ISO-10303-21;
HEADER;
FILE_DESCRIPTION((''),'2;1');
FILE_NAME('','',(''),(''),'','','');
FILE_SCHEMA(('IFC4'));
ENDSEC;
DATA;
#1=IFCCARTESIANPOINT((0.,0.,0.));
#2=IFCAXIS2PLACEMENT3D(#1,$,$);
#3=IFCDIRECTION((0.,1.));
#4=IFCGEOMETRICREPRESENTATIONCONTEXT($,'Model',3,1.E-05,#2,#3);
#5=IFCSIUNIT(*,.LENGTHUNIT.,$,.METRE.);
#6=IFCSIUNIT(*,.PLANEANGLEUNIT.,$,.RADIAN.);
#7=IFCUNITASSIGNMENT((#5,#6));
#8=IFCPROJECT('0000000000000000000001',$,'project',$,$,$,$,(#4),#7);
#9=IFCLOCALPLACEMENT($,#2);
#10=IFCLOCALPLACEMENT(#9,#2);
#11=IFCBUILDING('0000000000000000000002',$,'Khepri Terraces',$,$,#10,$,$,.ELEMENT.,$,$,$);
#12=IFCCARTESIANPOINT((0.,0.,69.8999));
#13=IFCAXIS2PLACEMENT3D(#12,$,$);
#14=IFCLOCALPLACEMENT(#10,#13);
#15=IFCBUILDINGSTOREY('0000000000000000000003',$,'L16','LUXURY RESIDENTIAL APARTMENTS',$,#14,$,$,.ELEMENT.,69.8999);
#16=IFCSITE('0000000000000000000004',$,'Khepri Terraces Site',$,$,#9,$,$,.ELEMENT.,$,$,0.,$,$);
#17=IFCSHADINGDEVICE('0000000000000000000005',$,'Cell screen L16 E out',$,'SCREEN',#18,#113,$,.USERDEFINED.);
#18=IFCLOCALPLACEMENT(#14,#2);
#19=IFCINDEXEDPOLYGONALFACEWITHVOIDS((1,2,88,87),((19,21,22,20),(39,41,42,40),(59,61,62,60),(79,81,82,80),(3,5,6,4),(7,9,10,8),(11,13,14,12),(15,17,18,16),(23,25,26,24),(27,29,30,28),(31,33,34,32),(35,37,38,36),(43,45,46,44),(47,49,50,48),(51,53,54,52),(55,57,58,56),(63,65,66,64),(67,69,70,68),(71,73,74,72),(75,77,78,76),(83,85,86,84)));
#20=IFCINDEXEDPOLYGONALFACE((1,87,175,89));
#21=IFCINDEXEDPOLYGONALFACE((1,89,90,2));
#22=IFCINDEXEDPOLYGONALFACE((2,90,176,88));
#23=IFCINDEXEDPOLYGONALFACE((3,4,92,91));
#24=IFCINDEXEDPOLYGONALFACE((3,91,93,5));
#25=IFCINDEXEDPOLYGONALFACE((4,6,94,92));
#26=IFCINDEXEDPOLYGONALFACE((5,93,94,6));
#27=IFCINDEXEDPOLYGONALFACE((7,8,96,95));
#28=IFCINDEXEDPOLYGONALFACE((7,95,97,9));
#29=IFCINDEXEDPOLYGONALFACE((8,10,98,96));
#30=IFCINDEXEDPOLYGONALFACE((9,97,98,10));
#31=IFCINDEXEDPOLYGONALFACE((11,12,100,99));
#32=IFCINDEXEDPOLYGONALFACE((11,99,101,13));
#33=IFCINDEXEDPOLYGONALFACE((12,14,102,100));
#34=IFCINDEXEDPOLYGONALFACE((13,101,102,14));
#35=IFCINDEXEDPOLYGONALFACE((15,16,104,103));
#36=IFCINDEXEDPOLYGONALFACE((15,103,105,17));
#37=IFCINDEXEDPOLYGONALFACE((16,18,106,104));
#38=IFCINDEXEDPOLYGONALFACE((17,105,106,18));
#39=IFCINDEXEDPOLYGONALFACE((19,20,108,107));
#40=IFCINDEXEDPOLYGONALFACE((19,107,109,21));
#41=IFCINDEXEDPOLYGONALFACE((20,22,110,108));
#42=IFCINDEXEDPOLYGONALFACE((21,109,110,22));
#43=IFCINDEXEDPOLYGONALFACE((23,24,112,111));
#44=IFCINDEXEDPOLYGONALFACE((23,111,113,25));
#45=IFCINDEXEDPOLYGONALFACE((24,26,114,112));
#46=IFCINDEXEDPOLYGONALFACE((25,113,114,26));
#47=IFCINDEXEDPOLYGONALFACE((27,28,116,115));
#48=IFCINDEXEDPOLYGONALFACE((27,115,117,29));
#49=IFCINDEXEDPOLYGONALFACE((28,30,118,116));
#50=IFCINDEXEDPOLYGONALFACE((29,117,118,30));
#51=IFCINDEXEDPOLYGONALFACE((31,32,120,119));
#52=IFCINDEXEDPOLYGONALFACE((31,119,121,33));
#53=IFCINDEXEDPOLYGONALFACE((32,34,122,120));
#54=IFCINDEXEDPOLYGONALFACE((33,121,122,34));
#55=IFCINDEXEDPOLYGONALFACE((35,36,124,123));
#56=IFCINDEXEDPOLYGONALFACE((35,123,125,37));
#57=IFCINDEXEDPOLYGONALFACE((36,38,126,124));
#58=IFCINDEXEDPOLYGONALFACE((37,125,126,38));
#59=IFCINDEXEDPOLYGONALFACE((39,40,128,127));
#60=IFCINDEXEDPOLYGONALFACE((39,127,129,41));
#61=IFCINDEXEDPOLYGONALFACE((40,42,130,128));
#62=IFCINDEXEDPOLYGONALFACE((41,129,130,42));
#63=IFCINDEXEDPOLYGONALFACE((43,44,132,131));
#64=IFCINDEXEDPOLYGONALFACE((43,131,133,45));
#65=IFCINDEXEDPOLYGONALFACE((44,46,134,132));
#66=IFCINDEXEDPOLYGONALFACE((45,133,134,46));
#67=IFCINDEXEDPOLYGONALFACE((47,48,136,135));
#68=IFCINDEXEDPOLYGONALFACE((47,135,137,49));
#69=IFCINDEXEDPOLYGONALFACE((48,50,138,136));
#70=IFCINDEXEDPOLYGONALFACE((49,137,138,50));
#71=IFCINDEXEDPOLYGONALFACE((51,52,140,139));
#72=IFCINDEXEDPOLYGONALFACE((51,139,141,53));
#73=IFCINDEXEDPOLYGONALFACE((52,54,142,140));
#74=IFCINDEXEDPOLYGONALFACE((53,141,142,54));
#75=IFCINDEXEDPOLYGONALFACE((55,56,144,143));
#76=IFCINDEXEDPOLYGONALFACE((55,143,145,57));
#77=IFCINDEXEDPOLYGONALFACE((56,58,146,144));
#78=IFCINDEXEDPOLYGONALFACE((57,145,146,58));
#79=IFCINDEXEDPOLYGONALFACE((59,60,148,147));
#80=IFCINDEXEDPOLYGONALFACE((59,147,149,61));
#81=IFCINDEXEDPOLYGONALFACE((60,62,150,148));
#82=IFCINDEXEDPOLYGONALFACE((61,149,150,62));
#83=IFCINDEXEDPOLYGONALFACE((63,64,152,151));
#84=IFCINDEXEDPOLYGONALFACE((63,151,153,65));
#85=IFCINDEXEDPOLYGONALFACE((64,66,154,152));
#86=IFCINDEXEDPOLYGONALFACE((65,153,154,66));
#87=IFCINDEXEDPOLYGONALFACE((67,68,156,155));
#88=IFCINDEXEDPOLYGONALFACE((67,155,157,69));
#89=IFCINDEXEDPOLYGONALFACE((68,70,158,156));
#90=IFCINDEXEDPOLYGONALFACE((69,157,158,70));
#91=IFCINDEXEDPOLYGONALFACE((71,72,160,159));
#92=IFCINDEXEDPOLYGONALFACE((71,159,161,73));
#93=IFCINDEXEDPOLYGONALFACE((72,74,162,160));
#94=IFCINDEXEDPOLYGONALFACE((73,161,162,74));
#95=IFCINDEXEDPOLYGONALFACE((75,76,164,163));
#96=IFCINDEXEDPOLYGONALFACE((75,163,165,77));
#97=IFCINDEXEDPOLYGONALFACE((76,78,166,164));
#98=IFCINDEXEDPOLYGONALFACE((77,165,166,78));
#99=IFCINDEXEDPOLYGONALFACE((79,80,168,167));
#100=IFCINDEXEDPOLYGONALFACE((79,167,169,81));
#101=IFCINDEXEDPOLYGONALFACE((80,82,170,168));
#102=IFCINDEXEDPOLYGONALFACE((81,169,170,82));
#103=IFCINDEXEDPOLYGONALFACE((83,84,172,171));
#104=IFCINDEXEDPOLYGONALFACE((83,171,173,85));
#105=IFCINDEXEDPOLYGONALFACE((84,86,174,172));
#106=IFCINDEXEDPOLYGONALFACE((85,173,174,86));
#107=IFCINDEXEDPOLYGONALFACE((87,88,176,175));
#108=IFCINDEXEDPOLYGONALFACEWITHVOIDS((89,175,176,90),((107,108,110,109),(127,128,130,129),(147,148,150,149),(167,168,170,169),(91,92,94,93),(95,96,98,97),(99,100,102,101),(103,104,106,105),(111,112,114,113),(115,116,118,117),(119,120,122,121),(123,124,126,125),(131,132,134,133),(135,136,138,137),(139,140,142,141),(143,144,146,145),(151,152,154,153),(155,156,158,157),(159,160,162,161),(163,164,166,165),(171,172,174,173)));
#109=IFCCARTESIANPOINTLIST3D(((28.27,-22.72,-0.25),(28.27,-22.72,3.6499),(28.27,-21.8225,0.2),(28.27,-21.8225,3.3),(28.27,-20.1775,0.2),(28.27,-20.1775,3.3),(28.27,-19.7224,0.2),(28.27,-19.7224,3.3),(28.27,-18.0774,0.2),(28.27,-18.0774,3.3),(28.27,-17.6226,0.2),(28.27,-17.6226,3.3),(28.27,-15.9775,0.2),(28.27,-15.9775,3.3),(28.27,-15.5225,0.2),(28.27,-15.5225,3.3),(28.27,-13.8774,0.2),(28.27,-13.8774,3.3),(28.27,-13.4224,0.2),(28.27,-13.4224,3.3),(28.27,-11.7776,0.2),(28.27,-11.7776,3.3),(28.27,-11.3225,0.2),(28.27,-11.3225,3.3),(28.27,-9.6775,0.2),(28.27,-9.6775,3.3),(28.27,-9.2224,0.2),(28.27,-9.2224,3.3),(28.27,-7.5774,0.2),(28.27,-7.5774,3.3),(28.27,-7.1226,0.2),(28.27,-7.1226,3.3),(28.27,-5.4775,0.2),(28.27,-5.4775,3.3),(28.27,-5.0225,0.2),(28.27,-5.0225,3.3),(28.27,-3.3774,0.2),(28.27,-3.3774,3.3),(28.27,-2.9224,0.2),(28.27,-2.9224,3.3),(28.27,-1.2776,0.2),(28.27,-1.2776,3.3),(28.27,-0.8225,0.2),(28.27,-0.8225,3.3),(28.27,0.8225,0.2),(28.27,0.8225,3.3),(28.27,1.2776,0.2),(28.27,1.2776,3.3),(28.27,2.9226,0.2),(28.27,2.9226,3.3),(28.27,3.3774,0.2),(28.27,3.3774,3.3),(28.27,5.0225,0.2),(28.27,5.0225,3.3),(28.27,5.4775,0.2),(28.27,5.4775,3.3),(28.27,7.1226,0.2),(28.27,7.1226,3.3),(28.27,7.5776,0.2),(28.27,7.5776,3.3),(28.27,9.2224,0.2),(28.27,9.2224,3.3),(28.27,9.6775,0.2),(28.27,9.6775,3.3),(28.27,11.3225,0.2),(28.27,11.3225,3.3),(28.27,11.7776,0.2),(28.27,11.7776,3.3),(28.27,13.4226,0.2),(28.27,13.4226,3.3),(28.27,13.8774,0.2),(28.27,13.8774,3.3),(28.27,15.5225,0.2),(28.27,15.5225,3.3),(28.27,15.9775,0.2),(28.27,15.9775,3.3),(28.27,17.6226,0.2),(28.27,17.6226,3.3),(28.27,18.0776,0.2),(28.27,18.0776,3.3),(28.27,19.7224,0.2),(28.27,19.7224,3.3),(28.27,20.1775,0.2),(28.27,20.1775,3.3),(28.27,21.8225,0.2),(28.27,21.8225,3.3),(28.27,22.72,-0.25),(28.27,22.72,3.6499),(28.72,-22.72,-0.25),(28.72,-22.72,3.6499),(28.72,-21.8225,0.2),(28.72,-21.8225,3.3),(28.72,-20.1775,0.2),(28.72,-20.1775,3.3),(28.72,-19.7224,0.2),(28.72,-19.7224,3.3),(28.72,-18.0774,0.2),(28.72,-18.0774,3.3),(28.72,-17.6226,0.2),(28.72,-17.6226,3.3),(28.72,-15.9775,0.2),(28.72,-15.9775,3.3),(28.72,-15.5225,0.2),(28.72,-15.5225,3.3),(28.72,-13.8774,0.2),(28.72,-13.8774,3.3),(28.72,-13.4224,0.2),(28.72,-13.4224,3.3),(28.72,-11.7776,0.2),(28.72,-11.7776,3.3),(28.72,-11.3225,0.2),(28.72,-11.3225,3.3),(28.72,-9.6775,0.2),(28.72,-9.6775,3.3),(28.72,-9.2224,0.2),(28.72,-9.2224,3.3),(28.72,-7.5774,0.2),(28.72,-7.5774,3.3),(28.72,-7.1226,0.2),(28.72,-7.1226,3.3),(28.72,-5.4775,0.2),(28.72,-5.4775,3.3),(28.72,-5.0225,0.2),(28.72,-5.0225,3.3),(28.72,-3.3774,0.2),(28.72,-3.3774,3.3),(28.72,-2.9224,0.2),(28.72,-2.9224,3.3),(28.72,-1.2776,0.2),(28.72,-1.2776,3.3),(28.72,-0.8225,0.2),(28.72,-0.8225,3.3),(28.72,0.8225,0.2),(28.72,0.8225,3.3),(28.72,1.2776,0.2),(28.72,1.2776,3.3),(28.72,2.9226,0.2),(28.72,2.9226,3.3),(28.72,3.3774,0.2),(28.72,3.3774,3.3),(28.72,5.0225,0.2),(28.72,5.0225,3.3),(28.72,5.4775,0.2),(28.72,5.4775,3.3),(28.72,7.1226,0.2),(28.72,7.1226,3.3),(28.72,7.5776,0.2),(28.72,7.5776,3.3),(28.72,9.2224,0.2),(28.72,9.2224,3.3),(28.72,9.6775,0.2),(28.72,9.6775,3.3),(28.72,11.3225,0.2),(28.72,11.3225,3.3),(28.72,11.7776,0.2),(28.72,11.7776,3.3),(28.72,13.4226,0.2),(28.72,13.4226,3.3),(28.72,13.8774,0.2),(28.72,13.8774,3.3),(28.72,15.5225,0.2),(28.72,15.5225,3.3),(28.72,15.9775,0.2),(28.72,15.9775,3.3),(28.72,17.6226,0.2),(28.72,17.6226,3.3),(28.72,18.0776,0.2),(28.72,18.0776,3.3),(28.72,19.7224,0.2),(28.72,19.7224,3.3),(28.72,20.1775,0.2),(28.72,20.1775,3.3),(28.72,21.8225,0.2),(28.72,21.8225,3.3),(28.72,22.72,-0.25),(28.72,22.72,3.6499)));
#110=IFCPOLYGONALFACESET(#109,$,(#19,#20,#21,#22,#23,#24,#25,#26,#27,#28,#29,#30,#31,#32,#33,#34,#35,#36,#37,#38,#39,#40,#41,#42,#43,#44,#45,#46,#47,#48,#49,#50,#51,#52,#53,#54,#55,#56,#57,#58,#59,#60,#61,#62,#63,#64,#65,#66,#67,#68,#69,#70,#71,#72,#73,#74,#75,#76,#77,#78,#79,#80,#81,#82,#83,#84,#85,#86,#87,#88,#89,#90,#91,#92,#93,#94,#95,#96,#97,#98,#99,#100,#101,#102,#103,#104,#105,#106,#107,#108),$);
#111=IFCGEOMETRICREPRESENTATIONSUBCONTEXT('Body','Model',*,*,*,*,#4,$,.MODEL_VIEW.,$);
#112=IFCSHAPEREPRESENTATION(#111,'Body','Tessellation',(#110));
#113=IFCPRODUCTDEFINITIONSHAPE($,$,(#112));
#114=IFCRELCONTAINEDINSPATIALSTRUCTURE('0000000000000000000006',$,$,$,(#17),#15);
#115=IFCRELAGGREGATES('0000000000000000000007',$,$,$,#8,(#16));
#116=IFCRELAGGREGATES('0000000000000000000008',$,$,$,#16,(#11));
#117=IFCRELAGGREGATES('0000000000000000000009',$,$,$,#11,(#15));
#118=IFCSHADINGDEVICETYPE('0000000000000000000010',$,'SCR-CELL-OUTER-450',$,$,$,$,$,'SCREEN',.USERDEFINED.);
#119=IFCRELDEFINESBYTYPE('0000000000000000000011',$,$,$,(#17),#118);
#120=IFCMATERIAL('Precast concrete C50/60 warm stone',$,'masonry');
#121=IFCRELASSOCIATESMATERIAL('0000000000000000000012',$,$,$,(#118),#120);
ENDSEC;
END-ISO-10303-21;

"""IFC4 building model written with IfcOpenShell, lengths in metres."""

from ifc_helpers import new_model, si_unit, direction, frame, origin, place, context, subcontext, project, spatial, polyline, outline, extrude, material, type_object, element, save


model = new_model("IFC4")

# Units and contexts
model_context = context("Model", 3, precision=1e-05, world=origin(), true_north=direction((0.0, 1.0)))
body_context = subcontext(model_context, "Body", "Model", "MODEL_VIEW")
ifc_project = project(units=[si_unit("LENGTHUNIT", "METRE"), si_unit("PLANEANGLEUNIT", "RADIAN")], contexts=[model_context])

# Site, building, storey
site_placement = place(None, origin())
site = spatial("IfcSite", under=ifc_project, at=site_placement, Name="Khepri Terraces Site", CompositionType="ELEMENT", RefElevation=0.0)
building_placement = place(site_placement, origin())
building = spatial("IfcBuilding", under=site, at=building_placement, Name="Khepri Terraces", CompositionType="ELEMENT")
storey_placement = place(building_placement, frame((0.0, 0.0, 69.8999)))
storey = spatial("IfcBuildingStorey", under=building, at=storey_placement, Name="L16", Description="LUXURY RESIDENTIAL APARTMENTS", CompositionType="ELEMENT", Elevation=69.8999)

# Shared definitions
ifc_material_1 = material(Name="Precast concrete C50/60 warm stone", Category="masonry")

# Shading device
shading_device_type_1 = type_object("IfcShadingDeviceType", Name="SCR-CELL-OUTER-450", ElementType="SCREEN", PredefinedType="USERDEFINED", material=ifc_material_1)
shading_device_1_placement = place(storey_placement, frame((28.27, -22.72, -0.25), z_axis=(1.0, 0.0, 0.0), x_axis=(0.0, 1.0, 0.0)))
element("IfcShadingDevice", 1, at=shading_device_1_placement, inside=storey, type_object=shading_device_type_1, Name="Cell screen L16 E out", ObjectType="SCREEN", PredefinedType="USERDEFINED", context=body_context, shape_type="SweptSolid", body=[
    extrude(outline(polyline([(0.0, 0.0), (45.4399, 0.0), (45.4399, 3.8999), (0.0, 3.8999), (0.0, 0.0)]), holes=[polyline([(0.8975, 0.45), (2.5425, 0.45), (2.5425, 3.55), (0.8975, 3.55), (0.8975, 0.45)]), polyline([(2.9976, 0.45), (4.6426, 0.45), (4.6426, 3.55), (2.9976, 3.55), (2.9976, 0.45)]), polyline([(5.0974, 0.45), (6.7424, 0.45), (6.7424, 3.55), (5.0974, 3.55), (5.0974, 0.45)]), polyline([(7.1975, 0.45), (8.8425, 0.45), (8.8425, 3.55), (7.1975, 3.55), (7.1975, 0.45)]), polyline([(9.2976, 0.45), (10.9424, 0.45), (10.9424, 3.55), (9.2976, 3.55), (9.2976, 0.45)]), polyline([(11.3975, 0.45), (13.0425, 0.45), (13.0425, 3.55), (11.3975, 3.55), (11.3975, 0.45)]), polyline([(13.4976, 0.45), (15.1426, 0.45), (15.1426, 3.55), (13.4976, 3.55), (13.4976, 0.45)]), polyline([(15.5974, 0.45), (17.2424, 0.45), (17.2424, 3.55), (15.5974, 3.55), (15.5974, 0.45)]), polyline([(17.6975, 0.45), (19.3425, 0.45), (19.3425, 3.55), (17.6975, 3.55), (17.6975, 0.45)]), polyline([(19.7976, 0.45), (21.4424, 0.45), (21.4424, 3.55), (19.7976, 3.55), (19.7976, 0.45)]), polyline([(21.8975, 0.45), (23.5425, 0.45), (23.5425, 3.55), (21.8975, 3.55), (21.8975, 0.45)]), polyline([(23.9976, 0.45), (25.6426, 0.45), (25.6426, 3.55), (23.9976, 3.55), (23.9976, 0.45)]), polyline([(26.0974, 0.45), (27.7424, 0.45), (27.7424, 3.55), (26.0974, 3.55), (26.0974, 0.45)]), polyline([(28.1975, 0.45), (29.8425, 0.45), (29.8425, 3.55), (28.1975, 3.55), (28.1975, 0.45)]), polyline([(30.2976, 0.45), (31.9424, 0.45), (31.9424, 3.55), (30.2976, 3.55), (30.2976, 0.45)]), polyline([(32.3975, 0.45), (34.0425, 0.45), (34.0425, 3.55), (32.3975, 3.55), (32.3975, 0.45)]), polyline([(34.4976, 0.45), (36.1426, 0.45), (36.1426, 3.55), (34.4976, 3.55), (34.4976, 0.45)]), polyline([(36.5974, 0.45), (38.2424, 0.45), (38.2424, 3.55), (36.5974, 3.55), (36.5974, 0.45)]), polyline([(38.6975, 0.45), (40.3425, 0.45), (40.3425, 3.55), (38.6975, 3.55), (38.6975, 0.45)]), polyline([(40.7976, 0.45), (42.4424, 0.45), (42.4424, 3.55), (40.7976, 3.55), (40.7976, 0.45)]), polyline([(42.8975, 0.45), (44.5425, 0.45), (44.5425, 3.55), (42.8975, 3.55), (42.8975, 0.45)])]), origin(), (0.0, 0.0, 1.0), 0.45),
])

save(model, "model.ifc")
